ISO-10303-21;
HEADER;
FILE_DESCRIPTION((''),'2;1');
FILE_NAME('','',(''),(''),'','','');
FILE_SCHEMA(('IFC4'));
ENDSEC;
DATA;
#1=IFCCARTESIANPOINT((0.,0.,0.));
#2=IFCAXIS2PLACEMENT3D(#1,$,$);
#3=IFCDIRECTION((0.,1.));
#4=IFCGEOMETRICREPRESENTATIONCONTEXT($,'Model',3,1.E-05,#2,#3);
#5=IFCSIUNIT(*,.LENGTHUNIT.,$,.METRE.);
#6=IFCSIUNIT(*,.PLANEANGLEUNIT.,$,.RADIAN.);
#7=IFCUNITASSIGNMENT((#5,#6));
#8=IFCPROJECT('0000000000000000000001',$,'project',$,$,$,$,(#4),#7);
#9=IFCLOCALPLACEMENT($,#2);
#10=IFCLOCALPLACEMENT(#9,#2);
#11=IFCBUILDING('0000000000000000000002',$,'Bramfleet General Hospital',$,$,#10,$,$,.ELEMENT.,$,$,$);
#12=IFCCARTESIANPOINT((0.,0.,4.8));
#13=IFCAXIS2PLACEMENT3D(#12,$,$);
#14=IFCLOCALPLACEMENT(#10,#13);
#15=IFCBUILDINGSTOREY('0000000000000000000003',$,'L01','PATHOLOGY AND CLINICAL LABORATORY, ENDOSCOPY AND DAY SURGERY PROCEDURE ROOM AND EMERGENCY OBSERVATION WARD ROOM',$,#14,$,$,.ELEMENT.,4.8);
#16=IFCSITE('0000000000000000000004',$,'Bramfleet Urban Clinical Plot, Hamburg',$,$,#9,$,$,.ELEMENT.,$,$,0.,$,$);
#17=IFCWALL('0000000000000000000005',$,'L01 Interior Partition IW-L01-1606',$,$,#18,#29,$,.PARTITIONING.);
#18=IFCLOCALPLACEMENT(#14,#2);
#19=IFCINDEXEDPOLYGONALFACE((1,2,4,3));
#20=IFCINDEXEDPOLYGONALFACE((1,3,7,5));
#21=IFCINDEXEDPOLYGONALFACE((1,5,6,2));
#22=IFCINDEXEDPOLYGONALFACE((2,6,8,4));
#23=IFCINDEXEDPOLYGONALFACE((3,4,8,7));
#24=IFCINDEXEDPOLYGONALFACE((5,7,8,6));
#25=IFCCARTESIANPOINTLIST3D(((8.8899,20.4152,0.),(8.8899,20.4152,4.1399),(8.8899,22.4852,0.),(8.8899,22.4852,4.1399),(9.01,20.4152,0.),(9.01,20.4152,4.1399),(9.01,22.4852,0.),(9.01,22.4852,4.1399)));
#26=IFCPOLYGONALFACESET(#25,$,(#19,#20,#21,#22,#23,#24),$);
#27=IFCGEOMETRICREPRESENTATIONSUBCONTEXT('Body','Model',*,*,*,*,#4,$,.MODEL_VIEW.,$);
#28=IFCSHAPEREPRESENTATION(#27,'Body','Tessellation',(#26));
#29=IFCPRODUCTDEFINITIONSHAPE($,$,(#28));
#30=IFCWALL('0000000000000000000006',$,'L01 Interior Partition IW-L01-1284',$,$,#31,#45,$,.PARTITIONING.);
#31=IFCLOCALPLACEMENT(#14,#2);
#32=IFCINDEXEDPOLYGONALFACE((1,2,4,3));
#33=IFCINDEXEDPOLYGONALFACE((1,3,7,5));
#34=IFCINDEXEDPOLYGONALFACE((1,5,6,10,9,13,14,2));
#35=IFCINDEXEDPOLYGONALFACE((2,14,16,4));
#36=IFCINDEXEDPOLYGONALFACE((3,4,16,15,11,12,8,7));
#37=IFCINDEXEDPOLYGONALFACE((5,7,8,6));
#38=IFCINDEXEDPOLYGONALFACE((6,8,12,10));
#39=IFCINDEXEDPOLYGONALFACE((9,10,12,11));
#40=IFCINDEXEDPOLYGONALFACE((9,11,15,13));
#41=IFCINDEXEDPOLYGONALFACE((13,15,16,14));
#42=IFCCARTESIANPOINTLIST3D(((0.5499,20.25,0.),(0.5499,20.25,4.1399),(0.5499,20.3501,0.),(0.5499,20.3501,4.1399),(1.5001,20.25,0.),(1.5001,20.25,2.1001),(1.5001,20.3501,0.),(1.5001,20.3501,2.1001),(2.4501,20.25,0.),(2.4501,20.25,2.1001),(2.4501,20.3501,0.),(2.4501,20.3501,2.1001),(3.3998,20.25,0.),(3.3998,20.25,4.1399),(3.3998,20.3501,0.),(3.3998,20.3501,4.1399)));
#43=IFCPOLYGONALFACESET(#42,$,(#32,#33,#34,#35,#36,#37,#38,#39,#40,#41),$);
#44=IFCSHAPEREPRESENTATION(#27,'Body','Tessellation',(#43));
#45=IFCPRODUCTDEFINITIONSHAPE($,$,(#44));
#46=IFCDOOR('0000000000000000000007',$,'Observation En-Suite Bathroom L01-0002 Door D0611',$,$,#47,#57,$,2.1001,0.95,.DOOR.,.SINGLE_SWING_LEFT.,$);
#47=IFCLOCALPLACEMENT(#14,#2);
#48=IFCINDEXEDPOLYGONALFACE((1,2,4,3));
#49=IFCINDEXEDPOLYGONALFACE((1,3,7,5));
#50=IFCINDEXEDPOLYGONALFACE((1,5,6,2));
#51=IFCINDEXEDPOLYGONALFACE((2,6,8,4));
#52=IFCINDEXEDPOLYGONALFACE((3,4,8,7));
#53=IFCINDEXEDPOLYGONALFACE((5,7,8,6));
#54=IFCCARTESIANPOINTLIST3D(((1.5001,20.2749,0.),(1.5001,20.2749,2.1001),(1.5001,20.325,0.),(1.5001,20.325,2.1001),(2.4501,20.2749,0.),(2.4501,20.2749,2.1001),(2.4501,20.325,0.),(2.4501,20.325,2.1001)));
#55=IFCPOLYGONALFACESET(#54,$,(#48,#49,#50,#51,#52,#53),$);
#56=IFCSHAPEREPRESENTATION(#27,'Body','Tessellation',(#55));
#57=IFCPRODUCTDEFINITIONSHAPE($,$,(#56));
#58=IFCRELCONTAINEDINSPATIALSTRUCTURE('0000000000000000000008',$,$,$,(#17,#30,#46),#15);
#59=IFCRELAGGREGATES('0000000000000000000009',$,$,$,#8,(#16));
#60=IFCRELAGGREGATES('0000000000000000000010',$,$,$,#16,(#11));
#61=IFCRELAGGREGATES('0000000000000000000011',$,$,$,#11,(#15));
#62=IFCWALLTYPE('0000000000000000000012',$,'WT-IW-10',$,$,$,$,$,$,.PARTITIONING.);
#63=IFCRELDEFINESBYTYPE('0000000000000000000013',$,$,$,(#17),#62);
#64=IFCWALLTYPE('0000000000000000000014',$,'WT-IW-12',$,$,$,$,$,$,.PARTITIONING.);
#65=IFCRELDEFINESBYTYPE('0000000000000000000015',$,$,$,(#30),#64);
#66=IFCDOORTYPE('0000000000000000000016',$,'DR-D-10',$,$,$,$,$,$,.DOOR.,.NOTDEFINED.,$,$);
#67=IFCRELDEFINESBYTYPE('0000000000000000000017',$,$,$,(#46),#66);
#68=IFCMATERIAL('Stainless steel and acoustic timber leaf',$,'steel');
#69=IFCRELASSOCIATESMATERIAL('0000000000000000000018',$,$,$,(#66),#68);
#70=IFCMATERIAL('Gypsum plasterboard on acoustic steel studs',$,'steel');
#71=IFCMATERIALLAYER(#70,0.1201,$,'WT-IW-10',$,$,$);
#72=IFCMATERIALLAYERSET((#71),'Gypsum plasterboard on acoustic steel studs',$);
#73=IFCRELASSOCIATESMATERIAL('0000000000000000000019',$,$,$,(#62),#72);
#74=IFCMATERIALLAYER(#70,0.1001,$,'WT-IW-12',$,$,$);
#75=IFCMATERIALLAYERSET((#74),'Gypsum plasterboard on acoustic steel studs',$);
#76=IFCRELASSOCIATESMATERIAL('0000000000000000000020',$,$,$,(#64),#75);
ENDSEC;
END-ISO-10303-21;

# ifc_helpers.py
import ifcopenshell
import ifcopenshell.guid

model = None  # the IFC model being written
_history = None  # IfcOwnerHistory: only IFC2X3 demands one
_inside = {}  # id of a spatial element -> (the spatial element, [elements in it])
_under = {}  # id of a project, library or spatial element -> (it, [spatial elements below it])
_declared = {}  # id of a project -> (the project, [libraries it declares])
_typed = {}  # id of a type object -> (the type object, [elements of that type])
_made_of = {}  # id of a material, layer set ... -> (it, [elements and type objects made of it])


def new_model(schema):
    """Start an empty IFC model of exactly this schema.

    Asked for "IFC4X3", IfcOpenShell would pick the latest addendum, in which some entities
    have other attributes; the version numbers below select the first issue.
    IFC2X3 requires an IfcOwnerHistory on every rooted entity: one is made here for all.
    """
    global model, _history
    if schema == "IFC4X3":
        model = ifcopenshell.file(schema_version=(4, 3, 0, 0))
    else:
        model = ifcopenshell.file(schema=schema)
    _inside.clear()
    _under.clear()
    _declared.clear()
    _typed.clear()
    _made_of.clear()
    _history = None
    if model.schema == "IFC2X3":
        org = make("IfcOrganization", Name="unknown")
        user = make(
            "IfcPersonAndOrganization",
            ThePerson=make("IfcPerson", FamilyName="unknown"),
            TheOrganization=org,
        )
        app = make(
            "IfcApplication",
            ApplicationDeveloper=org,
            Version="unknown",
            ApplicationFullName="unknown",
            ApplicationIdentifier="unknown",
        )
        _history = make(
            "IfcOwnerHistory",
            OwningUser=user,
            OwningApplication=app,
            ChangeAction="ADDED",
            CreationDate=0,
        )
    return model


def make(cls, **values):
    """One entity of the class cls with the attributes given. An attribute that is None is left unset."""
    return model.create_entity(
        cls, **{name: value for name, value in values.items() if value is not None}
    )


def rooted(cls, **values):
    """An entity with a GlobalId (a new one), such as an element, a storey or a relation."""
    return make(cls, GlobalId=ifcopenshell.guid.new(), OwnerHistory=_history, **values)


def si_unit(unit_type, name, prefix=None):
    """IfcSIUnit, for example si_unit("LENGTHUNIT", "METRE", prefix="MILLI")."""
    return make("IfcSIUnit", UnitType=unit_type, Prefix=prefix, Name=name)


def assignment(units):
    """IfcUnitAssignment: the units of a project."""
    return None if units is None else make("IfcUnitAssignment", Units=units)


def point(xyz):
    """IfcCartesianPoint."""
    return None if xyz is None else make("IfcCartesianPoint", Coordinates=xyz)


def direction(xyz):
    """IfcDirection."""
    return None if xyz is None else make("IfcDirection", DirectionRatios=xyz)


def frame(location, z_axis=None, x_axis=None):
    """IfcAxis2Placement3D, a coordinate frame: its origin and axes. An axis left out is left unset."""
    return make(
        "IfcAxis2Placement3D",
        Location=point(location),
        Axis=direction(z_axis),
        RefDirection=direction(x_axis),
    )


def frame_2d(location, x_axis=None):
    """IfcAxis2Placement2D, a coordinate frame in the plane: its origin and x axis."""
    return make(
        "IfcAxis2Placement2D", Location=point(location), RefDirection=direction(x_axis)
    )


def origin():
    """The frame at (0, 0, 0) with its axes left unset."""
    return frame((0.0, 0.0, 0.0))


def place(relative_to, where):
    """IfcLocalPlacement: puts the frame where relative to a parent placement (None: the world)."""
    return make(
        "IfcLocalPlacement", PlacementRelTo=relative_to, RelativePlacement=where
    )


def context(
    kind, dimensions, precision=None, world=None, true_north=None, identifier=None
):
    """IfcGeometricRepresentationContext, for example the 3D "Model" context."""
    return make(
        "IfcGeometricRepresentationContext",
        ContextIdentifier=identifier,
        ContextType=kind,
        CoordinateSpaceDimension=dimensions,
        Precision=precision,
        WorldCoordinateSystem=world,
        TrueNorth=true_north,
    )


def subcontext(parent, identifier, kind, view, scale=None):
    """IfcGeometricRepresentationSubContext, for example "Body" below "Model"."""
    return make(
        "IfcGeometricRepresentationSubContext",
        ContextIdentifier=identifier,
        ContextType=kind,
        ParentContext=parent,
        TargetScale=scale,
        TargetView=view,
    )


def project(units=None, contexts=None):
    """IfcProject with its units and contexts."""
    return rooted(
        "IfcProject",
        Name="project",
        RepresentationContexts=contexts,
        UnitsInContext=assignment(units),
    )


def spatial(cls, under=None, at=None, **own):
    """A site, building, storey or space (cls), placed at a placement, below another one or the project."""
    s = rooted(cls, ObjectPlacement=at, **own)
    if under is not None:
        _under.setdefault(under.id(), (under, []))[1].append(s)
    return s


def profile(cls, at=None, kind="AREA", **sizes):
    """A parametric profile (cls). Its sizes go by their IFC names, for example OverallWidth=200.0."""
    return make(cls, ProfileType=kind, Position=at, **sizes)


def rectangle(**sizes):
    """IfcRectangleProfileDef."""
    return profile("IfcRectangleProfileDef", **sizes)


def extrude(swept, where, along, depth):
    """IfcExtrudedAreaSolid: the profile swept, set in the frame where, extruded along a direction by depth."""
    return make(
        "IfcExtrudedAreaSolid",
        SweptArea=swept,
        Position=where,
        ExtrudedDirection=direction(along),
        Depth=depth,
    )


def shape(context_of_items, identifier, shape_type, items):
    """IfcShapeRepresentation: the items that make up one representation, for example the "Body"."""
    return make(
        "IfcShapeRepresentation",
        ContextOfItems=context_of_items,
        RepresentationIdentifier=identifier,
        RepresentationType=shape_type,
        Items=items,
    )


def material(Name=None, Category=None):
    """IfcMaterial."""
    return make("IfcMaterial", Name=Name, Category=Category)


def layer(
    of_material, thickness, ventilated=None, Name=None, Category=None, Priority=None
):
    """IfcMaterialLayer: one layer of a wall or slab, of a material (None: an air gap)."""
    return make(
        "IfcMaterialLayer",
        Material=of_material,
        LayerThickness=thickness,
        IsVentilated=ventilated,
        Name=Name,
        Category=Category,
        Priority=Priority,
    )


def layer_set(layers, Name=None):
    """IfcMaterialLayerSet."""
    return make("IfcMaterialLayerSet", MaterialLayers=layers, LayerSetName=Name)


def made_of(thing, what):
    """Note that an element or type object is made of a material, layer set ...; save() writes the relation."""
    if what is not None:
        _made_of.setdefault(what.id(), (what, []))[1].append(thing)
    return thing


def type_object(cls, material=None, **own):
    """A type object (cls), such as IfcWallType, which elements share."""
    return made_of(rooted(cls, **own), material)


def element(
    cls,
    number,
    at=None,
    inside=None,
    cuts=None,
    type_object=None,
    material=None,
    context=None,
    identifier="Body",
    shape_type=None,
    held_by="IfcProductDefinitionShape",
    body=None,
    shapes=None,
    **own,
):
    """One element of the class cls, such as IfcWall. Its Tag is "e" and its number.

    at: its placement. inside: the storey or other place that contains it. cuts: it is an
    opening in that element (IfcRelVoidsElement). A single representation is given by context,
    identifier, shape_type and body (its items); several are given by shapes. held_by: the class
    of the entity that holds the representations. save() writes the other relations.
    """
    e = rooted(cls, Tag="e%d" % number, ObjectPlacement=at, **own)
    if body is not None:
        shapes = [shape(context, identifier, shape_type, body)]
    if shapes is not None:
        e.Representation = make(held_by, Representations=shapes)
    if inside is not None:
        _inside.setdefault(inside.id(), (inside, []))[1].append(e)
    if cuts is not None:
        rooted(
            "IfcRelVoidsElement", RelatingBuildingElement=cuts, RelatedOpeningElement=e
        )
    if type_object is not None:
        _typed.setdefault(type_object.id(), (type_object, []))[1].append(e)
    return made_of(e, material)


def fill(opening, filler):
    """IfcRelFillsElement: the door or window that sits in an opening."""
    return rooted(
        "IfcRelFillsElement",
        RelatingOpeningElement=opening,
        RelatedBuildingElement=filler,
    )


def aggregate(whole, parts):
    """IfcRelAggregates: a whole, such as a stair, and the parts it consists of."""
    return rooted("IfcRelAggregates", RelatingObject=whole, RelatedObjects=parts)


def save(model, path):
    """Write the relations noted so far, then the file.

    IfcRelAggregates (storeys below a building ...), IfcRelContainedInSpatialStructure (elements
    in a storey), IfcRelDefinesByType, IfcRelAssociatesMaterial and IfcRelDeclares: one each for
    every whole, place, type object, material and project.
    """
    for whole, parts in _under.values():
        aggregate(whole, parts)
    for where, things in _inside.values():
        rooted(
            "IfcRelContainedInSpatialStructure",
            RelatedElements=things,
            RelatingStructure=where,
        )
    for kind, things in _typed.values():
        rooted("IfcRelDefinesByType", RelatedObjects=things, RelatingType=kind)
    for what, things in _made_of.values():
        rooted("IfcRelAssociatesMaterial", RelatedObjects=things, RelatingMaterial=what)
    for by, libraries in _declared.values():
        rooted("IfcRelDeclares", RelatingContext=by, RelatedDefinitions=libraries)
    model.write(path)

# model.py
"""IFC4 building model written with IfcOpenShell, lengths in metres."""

from ifc_helpers import new_model, si_unit, direction, frame, frame_2d, origin, place, context, subcontext, project, spatial, rectangle, extrude, material, layer, layer_set, type_object, element, fill, save


model = new_model("IFC4")

# Units and contexts
model_context = context("Model", 3, precision=1e-05, world=origin(), true_north=direction((0.0, 1.0)))
body_context = subcontext(model_context, "Body", "Model", "MODEL_VIEW")
ifc_project = project(units=[si_unit("LENGTHUNIT", "METRE"), si_unit("PLANEANGLEUNIT", "RADIAN")], contexts=[model_context])

# Site, building, storey
site_placement = place(None, origin())
site = spatial("IfcSite", under=ifc_project, at=site_placement, Name="Bramfleet Urban Clinical Plot, Hamburg", CompositionType="ELEMENT", RefElevation=0.0)
building_placement = place(site_placement, origin())
building = spatial("IfcBuilding", under=site, at=building_placement, Name="Bramfleet General Hospital", CompositionType="ELEMENT")
storey_placement = place(building_placement, frame((0.0, 0.0, 4.8)))
storey = spatial("IfcBuildingStorey", under=building, at=storey_placement, Name="L01", Description="PATHOLOGY AND CLINICAL LABORATORY, ENDOSCOPY AND DAY SURGERY PROCEDURE ROOM AND EMERGENCY OBSERVATION WARD ROOM", CompositionType="ELEMENT", Elevation=4.8)

# Shared definitions
ifc_material_1 = material(Name="Stainless steel and acoustic timber leaf", Category="steel")
door_type_1 = type_object("IfcDoorType", Name="DR-D-10", OperationType="NOTDEFINED", PredefinedType="DOOR", material=ifc_material_1)

# Shared definitions
ifc_material_2 = material(Name="Gypsum plasterboard on acoustic steel studs", Category="steel")

# Shared definitions
ifc_layer_1 = layer(ifc_material_2, 0.1201, Name="WT-IW-10")
ifc_layer_set_1 = layer_set([ifc_layer_1], Name="Gypsum plasterboard on acoustic steel studs")
wall_type_1 = type_object("IfcWallType", Name="WT-IW-10", PredefinedType="PARTITIONING", material=ifc_layer_set_1)

# Wall
wall_1_placement = place(storey_placement, frame((8.95, 20.415, 0.0), z_axis=(0.0, 0.0, 1.0), x_axis=(0.0, 1.0, 0.0)))
element("IfcWall", 1, at=wall_1_placement, inside=storey, type_object=wall_type_1, Name="L01 Interior Partition IW-L01-1606", PredefinedType="PARTITIONING", context=body_context, shape_type="SweptSolid", body=[
    extrude(rectangle(XDim=2.0701, YDim=0.1201, at=frame_2d((1.0352, 0.0))), origin(), (0.0, 0.0, 1.0), 4.1399),
])

# Wall, opening, door
ifc_layer_2 = layer(ifc_material_2, 0.1001, Name="WT-IW-12")
ifc_layer_set_2 = layer_set([ifc_layer_2], Name="Gypsum plasterboard on acoustic steel studs")
wall_type_2 = type_object("IfcWallType", Name="WT-IW-12", PredefinedType="PARTITIONING", material=ifc_layer_set_2)
wall_2_placement = place(storey_placement, frame((0.55, 20.3, 0.0), z_axis=(0.0, 0.0, 1.0), x_axis=(1.0, 0.0, 0.0)))
wall_2 = element("IfcWall", 2, at=wall_2_placement, inside=storey, type_object=wall_type_2, Name="L01 Interior Partition IW-L01-1284", PredefinedType="PARTITIONING", context=body_context, shape_type="SweptSolid", body=[
    extrude(rectangle(XDim=2.8499, YDim=0.1001, at=frame_2d((1.4248, 0.0))), origin(), (0.0, 0.0, 1.0), 4.1399),
])
opening_1_placement = place(wall_2_placement, frame((0.95, 0.0, 0.0)))
opening_1 = element("IfcOpeningElement", 3, at=opening_1_placement, cuts=wall_2, PredefinedType="OPENING", context=body_context, shape_type="SweptSolid", body=[
    extrude(rectangle(XDim=0.95, YDim=2.1001, at=frame_2d((0.4751, 1.05))), frame((0.0, 0.0601, 0.0), z_axis=(0.0, -1.0, 0.0), x_axis=(1.0, 0.0, 0.0)), (0.0, 0.0, 1.0), 0.1201),
])
door_1_placement = place(opening_1_placement, origin())
door_1 = element("IfcDoor", 4, at=door_1_placement, inside=storey, type_object=door_type_1, Name="Observation En-Suite Bathroom L01-0002 Door D0611", OperationType="SINGLE_SWING_LEFT", OverallHeight=2.1001, OverallWidth=0.95, PredefinedType="DOOR", context=body_context, shape_type="SweptSolid", body=[
    extrude(rectangle(XDim=0.95, YDim=2.1001, at=frame_2d((0.4751, 1.05))), frame((0.0, 0.0249, 0.0), z_axis=(0.0, -1.0, 0.0), x_axis=(1.0, 0.0, 0.0)), (0.0, 0.0, 1.0), 0.05),
])
fill(opening_1, door_1)

save(model, "model.ifc")
